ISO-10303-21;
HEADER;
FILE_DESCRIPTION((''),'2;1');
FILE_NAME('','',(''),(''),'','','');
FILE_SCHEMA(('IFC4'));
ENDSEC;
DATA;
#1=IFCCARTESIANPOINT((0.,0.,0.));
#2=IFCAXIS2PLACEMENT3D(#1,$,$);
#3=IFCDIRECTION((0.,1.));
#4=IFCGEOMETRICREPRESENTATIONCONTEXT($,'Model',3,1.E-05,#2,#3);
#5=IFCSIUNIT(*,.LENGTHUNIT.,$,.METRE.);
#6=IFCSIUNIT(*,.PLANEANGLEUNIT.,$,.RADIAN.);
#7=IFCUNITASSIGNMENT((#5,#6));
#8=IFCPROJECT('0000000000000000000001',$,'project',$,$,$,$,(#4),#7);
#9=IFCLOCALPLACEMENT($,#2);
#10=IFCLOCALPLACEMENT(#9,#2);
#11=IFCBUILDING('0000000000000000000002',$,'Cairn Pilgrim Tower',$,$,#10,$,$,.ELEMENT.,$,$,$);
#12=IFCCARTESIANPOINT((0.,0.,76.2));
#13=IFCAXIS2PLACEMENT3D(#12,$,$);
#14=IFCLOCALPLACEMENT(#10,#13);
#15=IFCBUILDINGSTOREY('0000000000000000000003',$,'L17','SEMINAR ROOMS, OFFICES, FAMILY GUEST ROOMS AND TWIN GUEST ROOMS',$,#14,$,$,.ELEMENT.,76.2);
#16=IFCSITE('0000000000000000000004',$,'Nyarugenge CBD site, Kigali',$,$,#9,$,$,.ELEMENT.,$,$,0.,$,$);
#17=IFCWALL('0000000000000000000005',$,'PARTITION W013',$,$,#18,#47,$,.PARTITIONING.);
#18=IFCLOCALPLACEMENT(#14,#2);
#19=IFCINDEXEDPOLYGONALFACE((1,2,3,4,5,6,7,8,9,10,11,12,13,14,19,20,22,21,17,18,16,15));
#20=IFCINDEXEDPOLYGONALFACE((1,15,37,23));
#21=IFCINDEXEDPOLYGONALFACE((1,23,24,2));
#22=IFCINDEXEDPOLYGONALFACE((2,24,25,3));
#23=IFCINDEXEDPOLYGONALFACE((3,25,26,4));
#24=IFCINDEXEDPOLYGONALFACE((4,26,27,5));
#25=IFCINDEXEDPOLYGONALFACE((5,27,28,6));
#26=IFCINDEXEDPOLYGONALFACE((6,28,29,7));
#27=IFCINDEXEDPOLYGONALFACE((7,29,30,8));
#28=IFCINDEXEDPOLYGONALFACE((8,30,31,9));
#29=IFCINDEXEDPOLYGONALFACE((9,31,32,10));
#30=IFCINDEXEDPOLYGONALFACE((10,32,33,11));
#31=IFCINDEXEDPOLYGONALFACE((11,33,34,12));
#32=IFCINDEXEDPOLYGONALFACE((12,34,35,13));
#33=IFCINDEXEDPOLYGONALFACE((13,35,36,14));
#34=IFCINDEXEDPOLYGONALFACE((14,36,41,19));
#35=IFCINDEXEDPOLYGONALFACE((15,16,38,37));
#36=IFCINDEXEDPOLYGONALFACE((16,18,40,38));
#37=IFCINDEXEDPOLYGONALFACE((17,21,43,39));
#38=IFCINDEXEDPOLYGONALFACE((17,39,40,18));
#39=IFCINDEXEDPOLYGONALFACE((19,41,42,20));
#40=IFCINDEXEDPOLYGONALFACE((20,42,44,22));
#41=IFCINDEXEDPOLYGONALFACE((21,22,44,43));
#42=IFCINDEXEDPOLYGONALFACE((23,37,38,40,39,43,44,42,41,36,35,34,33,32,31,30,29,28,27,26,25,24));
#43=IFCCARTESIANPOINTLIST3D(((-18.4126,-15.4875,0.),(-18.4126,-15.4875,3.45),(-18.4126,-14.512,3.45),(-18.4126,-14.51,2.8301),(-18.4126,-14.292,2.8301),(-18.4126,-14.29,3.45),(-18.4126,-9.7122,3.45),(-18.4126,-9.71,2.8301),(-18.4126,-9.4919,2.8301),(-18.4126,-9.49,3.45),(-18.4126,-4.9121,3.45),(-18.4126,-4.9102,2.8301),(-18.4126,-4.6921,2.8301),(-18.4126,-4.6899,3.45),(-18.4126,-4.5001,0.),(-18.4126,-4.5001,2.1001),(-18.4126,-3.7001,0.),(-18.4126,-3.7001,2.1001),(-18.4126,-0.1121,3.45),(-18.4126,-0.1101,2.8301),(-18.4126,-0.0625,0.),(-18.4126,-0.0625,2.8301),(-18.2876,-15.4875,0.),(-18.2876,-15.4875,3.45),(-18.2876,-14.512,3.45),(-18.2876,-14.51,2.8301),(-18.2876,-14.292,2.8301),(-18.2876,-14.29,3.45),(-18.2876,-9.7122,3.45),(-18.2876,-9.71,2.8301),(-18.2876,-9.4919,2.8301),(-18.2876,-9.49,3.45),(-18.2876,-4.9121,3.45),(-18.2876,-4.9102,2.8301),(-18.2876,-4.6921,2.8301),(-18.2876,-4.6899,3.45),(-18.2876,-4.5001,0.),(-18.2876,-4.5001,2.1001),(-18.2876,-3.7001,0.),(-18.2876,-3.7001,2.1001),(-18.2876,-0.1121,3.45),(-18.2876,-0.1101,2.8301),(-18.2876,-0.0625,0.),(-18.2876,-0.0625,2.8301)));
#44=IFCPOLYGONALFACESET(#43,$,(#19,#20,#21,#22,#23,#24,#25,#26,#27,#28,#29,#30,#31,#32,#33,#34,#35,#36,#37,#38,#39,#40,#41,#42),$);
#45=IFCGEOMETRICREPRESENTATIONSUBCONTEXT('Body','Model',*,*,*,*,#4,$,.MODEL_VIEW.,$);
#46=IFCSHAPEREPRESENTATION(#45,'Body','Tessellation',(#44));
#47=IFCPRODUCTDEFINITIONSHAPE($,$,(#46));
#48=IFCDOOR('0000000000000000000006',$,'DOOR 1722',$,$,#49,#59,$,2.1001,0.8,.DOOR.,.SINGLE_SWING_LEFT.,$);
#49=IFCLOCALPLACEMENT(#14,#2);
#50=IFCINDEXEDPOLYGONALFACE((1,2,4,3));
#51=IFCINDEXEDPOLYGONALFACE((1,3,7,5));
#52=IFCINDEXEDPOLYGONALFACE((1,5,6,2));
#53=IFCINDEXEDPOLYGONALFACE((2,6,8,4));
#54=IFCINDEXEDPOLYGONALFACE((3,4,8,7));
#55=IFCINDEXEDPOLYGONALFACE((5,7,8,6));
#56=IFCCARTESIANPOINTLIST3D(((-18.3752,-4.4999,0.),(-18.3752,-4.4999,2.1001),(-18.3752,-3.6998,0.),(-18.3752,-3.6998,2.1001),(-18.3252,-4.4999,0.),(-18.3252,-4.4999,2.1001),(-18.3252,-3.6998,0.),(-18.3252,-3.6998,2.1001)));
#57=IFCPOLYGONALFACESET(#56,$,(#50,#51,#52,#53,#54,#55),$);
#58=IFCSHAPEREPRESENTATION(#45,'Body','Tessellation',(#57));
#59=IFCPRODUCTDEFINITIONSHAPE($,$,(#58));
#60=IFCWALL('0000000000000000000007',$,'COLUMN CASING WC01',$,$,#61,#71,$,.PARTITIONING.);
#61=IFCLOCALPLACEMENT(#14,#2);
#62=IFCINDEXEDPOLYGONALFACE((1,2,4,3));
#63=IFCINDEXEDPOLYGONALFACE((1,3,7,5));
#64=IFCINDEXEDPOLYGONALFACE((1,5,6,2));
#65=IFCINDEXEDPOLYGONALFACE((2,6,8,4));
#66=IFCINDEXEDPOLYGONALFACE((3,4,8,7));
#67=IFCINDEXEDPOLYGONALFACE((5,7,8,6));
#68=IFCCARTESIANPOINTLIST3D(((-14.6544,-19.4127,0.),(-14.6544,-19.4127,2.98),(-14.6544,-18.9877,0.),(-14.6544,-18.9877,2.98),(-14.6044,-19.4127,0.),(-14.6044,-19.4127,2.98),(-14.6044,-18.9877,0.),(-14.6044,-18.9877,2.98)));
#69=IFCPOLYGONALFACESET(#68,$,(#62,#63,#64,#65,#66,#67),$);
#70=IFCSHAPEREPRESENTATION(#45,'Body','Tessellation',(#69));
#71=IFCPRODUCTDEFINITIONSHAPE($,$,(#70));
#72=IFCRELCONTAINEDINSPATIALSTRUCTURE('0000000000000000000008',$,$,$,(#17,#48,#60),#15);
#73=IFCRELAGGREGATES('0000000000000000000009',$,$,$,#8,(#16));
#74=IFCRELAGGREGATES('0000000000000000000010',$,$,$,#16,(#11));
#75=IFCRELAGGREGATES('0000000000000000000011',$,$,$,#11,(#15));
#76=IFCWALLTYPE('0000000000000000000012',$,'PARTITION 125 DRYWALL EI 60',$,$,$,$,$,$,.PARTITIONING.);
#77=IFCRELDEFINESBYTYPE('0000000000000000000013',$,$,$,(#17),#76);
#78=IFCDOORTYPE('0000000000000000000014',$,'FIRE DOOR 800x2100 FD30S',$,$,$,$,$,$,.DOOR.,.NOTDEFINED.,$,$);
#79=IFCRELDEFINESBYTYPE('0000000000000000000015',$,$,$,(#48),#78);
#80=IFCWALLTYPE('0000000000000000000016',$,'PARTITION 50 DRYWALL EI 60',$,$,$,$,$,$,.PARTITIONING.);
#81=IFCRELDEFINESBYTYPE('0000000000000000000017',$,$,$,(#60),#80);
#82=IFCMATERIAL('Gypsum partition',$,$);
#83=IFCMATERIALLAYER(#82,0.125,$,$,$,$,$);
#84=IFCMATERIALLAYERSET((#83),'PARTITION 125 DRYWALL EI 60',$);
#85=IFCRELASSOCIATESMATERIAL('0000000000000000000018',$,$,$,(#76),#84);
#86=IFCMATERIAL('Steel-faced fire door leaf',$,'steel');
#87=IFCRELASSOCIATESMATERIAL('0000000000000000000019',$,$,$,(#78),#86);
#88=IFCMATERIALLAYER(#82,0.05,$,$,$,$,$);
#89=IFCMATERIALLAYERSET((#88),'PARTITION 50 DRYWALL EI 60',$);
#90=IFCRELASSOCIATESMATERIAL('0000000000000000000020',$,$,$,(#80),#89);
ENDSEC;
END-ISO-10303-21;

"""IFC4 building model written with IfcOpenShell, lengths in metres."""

from ifc_helpers import new_model, si_unit, direction, frame, frame_2d, origin, place, context, subcontext, project, spatial, polyline, rectangle, outline, extrude, material, layer, layer_set, type_object, element, fill, save


model = new_model("IFC4")

# Units and contexts
model_context = context("Model", 3, precision=1e-05, world=origin(), true_north=direction((0.0, 1.0)))
body_context = subcontext(model_context, "Body", "Model", "MODEL_VIEW")
ifc_project = project(units=[si_unit("LENGTHUNIT", "METRE"), si_unit("PLANEANGLEUNIT", "RADIAN")], contexts=[model_context])

# Site, building, storey
site_placement = place(None, origin())
site = spatial("IfcSite", under=ifc_project, at=site_placement, Name="Nyarugenge CBD site, Kigali", CompositionType="ELEMENT", RefElevation=0.0)
building_placement = place(site_placement, origin())
building = spatial("IfcBuilding", under=site, at=building_placement, Name="Cairn Pilgrim Tower", CompositionType="ELEMENT")
storey_placement = place(building_placement, frame((0.0, 0.0, 76.2)))
storey = spatial("IfcBuildingStorey", under=building, at=storey_placement, Name="L17", Description="SEMINAR ROOMS, OFFICES, FAMILY GUEST ROOMS AND TWIN GUEST ROOMS", CompositionType="ELEMENT", Elevation=76.2)

# Shared definitions
ifc_material_1 = material(Name="Gypsum partition")
ifc_layer_1 = layer(ifc_material_1, 0.125)
ifc_layer_set_1 = layer_set([ifc_layer_1], Name="PARTITION 125 DRYWALL EI 60")
wall_type_1 = type_object("IfcWallType", Name="PARTITION 125 DRYWALL EI 60", PredefinedType="PARTITIONING", material=ifc_layer_set_1)
ifc_material_2 = material(Name="Steel-faced fire door leaf", Category="steel")

# Wall, opening, door
wall_1_placement = place(storey_placement, frame((-18.3501, -15.4875, 0.0), z_axis=(0.0, 0.0, 1.0), x_axis=(0.0, 1.0, 0.0)))
wall_1 = element("IfcWall", 1, at=wall_1_placement, inside=storey, type_object=wall_type_1, Name="PARTITION W013", PredefinedType="PARTITIONING", context=body_context, shape_type="SweptSolid", body=[
    extrude(outline(polyline([(0.0, 0.0), (15.425, 0.0), (15.425, 2.8301), (15.3774, 2.8301), (15.3755, 3.45), (10.7976, 3.45), (10.7954, 2.8301), (10.5774, 2.8301), (10.5754, 3.45), (5.9976, 3.45), (5.9956, 2.8301), (5.7776, 2.8301), (5.7754, 3.45), (1.1975, 3.45), (1.1956, 2.8301), (0.9775, 2.8301), (0.9756, 3.45), (0.0, 3.45), (0.0, 0.0)])), frame((0.0, 0.0625, 0.0), z_axis=(0.0, -1.0, 0.0), x_axis=(1.0, 0.0, 0.0)), (0.0, 0.0, 1.0), 0.125),
])
opening_1_placement = place(wall_1_placement, frame((10.9875, 0.0, 0.0)))
opening_1 = element("IfcOpeningElement", 2, at=opening_1_placement, cuts=wall_1, PredefinedType="OPENING", context=body_context, shape_type="SweptSolid", body=[
    extrude(rectangle(XDim=0.8, YDim=2.1001, at=frame_2d((0.3999, 1.05))), frame((0.0, 0.0725, 0.0), z_axis=(0.0, -1.0, 0.0), x_axis=(1.0, 0.0, 0.0)), (0.0, 0.0, 1.0), 0.145),
])
door_type_1 = type_object("IfcDoorType", Name="FIRE DOOR 800x2100 FD30S", OperationType="NOTDEFINED", PredefinedType="DOOR", material=ifc_material_2)
door_1_placement = place(opening_1_placement, frame((0.8, 0.0, 0.0), z_axis=(0.0, 0.0, 1.0), x_axis=(-1.0, 0.0, 0.0)))
door_1 = element("IfcDoor", 3, at=door_1_placement, inside=storey, type_object=door_type_1, Name="DOOR 1722", OperationType="SINGLE_SWING_LEFT", OverallHeight=2.1001, OverallWidth=0.8, PredefinedType="DOOR", context=body_context, shape_type="SweptSolid", body=[
    extrude(rectangle(XDim=0.8, YDim=2.1001, at=frame_2d((0.3999, 1.05))), frame((0.0, 0.0249, 0.0), z_axis=(0.0, -1.0, 0.0), x_axis=(1.0, 0.0, 0.0)), (0.0, 0.0, 1.0), 0.05),
])
fill(opening_1, door_1)

# Wall
ifc_layer_2 = layer(ifc_material_1, 0.05)
ifc_layer_set_2 = layer_set([ifc_layer_2], Name="PARTITION 50 DRYWALL EI 60")
wall_type_2 = type_object("IfcWallType", Name="PARTITION 50 DRYWALL EI 60", PredefinedType="PARTITIONING", material=ifc_layer_set_2)
wall_2_placement = place(storey_placement, frame((-14.6294, -19.4126, 0.0), z_axis=(0.0, 0.0, 1.0), x_axis=(0.0, 1.0, 0.0)))
element("IfcWall", 4, at=wall_2_placement, inside=storey, type_object=wall_type_2, Name="COLUMN CASING WC01", PredefinedType="PARTITIONING", context=body_context, shape_type="SweptSolid", body=[
    extrude(rectangle(XDim=0.425, YDim=0.05, at=frame_2d((0.2124, 0.0))), origin(), (0.0, 0.0, 1.0), 2.98),
])

save(model, "model.ifc")
